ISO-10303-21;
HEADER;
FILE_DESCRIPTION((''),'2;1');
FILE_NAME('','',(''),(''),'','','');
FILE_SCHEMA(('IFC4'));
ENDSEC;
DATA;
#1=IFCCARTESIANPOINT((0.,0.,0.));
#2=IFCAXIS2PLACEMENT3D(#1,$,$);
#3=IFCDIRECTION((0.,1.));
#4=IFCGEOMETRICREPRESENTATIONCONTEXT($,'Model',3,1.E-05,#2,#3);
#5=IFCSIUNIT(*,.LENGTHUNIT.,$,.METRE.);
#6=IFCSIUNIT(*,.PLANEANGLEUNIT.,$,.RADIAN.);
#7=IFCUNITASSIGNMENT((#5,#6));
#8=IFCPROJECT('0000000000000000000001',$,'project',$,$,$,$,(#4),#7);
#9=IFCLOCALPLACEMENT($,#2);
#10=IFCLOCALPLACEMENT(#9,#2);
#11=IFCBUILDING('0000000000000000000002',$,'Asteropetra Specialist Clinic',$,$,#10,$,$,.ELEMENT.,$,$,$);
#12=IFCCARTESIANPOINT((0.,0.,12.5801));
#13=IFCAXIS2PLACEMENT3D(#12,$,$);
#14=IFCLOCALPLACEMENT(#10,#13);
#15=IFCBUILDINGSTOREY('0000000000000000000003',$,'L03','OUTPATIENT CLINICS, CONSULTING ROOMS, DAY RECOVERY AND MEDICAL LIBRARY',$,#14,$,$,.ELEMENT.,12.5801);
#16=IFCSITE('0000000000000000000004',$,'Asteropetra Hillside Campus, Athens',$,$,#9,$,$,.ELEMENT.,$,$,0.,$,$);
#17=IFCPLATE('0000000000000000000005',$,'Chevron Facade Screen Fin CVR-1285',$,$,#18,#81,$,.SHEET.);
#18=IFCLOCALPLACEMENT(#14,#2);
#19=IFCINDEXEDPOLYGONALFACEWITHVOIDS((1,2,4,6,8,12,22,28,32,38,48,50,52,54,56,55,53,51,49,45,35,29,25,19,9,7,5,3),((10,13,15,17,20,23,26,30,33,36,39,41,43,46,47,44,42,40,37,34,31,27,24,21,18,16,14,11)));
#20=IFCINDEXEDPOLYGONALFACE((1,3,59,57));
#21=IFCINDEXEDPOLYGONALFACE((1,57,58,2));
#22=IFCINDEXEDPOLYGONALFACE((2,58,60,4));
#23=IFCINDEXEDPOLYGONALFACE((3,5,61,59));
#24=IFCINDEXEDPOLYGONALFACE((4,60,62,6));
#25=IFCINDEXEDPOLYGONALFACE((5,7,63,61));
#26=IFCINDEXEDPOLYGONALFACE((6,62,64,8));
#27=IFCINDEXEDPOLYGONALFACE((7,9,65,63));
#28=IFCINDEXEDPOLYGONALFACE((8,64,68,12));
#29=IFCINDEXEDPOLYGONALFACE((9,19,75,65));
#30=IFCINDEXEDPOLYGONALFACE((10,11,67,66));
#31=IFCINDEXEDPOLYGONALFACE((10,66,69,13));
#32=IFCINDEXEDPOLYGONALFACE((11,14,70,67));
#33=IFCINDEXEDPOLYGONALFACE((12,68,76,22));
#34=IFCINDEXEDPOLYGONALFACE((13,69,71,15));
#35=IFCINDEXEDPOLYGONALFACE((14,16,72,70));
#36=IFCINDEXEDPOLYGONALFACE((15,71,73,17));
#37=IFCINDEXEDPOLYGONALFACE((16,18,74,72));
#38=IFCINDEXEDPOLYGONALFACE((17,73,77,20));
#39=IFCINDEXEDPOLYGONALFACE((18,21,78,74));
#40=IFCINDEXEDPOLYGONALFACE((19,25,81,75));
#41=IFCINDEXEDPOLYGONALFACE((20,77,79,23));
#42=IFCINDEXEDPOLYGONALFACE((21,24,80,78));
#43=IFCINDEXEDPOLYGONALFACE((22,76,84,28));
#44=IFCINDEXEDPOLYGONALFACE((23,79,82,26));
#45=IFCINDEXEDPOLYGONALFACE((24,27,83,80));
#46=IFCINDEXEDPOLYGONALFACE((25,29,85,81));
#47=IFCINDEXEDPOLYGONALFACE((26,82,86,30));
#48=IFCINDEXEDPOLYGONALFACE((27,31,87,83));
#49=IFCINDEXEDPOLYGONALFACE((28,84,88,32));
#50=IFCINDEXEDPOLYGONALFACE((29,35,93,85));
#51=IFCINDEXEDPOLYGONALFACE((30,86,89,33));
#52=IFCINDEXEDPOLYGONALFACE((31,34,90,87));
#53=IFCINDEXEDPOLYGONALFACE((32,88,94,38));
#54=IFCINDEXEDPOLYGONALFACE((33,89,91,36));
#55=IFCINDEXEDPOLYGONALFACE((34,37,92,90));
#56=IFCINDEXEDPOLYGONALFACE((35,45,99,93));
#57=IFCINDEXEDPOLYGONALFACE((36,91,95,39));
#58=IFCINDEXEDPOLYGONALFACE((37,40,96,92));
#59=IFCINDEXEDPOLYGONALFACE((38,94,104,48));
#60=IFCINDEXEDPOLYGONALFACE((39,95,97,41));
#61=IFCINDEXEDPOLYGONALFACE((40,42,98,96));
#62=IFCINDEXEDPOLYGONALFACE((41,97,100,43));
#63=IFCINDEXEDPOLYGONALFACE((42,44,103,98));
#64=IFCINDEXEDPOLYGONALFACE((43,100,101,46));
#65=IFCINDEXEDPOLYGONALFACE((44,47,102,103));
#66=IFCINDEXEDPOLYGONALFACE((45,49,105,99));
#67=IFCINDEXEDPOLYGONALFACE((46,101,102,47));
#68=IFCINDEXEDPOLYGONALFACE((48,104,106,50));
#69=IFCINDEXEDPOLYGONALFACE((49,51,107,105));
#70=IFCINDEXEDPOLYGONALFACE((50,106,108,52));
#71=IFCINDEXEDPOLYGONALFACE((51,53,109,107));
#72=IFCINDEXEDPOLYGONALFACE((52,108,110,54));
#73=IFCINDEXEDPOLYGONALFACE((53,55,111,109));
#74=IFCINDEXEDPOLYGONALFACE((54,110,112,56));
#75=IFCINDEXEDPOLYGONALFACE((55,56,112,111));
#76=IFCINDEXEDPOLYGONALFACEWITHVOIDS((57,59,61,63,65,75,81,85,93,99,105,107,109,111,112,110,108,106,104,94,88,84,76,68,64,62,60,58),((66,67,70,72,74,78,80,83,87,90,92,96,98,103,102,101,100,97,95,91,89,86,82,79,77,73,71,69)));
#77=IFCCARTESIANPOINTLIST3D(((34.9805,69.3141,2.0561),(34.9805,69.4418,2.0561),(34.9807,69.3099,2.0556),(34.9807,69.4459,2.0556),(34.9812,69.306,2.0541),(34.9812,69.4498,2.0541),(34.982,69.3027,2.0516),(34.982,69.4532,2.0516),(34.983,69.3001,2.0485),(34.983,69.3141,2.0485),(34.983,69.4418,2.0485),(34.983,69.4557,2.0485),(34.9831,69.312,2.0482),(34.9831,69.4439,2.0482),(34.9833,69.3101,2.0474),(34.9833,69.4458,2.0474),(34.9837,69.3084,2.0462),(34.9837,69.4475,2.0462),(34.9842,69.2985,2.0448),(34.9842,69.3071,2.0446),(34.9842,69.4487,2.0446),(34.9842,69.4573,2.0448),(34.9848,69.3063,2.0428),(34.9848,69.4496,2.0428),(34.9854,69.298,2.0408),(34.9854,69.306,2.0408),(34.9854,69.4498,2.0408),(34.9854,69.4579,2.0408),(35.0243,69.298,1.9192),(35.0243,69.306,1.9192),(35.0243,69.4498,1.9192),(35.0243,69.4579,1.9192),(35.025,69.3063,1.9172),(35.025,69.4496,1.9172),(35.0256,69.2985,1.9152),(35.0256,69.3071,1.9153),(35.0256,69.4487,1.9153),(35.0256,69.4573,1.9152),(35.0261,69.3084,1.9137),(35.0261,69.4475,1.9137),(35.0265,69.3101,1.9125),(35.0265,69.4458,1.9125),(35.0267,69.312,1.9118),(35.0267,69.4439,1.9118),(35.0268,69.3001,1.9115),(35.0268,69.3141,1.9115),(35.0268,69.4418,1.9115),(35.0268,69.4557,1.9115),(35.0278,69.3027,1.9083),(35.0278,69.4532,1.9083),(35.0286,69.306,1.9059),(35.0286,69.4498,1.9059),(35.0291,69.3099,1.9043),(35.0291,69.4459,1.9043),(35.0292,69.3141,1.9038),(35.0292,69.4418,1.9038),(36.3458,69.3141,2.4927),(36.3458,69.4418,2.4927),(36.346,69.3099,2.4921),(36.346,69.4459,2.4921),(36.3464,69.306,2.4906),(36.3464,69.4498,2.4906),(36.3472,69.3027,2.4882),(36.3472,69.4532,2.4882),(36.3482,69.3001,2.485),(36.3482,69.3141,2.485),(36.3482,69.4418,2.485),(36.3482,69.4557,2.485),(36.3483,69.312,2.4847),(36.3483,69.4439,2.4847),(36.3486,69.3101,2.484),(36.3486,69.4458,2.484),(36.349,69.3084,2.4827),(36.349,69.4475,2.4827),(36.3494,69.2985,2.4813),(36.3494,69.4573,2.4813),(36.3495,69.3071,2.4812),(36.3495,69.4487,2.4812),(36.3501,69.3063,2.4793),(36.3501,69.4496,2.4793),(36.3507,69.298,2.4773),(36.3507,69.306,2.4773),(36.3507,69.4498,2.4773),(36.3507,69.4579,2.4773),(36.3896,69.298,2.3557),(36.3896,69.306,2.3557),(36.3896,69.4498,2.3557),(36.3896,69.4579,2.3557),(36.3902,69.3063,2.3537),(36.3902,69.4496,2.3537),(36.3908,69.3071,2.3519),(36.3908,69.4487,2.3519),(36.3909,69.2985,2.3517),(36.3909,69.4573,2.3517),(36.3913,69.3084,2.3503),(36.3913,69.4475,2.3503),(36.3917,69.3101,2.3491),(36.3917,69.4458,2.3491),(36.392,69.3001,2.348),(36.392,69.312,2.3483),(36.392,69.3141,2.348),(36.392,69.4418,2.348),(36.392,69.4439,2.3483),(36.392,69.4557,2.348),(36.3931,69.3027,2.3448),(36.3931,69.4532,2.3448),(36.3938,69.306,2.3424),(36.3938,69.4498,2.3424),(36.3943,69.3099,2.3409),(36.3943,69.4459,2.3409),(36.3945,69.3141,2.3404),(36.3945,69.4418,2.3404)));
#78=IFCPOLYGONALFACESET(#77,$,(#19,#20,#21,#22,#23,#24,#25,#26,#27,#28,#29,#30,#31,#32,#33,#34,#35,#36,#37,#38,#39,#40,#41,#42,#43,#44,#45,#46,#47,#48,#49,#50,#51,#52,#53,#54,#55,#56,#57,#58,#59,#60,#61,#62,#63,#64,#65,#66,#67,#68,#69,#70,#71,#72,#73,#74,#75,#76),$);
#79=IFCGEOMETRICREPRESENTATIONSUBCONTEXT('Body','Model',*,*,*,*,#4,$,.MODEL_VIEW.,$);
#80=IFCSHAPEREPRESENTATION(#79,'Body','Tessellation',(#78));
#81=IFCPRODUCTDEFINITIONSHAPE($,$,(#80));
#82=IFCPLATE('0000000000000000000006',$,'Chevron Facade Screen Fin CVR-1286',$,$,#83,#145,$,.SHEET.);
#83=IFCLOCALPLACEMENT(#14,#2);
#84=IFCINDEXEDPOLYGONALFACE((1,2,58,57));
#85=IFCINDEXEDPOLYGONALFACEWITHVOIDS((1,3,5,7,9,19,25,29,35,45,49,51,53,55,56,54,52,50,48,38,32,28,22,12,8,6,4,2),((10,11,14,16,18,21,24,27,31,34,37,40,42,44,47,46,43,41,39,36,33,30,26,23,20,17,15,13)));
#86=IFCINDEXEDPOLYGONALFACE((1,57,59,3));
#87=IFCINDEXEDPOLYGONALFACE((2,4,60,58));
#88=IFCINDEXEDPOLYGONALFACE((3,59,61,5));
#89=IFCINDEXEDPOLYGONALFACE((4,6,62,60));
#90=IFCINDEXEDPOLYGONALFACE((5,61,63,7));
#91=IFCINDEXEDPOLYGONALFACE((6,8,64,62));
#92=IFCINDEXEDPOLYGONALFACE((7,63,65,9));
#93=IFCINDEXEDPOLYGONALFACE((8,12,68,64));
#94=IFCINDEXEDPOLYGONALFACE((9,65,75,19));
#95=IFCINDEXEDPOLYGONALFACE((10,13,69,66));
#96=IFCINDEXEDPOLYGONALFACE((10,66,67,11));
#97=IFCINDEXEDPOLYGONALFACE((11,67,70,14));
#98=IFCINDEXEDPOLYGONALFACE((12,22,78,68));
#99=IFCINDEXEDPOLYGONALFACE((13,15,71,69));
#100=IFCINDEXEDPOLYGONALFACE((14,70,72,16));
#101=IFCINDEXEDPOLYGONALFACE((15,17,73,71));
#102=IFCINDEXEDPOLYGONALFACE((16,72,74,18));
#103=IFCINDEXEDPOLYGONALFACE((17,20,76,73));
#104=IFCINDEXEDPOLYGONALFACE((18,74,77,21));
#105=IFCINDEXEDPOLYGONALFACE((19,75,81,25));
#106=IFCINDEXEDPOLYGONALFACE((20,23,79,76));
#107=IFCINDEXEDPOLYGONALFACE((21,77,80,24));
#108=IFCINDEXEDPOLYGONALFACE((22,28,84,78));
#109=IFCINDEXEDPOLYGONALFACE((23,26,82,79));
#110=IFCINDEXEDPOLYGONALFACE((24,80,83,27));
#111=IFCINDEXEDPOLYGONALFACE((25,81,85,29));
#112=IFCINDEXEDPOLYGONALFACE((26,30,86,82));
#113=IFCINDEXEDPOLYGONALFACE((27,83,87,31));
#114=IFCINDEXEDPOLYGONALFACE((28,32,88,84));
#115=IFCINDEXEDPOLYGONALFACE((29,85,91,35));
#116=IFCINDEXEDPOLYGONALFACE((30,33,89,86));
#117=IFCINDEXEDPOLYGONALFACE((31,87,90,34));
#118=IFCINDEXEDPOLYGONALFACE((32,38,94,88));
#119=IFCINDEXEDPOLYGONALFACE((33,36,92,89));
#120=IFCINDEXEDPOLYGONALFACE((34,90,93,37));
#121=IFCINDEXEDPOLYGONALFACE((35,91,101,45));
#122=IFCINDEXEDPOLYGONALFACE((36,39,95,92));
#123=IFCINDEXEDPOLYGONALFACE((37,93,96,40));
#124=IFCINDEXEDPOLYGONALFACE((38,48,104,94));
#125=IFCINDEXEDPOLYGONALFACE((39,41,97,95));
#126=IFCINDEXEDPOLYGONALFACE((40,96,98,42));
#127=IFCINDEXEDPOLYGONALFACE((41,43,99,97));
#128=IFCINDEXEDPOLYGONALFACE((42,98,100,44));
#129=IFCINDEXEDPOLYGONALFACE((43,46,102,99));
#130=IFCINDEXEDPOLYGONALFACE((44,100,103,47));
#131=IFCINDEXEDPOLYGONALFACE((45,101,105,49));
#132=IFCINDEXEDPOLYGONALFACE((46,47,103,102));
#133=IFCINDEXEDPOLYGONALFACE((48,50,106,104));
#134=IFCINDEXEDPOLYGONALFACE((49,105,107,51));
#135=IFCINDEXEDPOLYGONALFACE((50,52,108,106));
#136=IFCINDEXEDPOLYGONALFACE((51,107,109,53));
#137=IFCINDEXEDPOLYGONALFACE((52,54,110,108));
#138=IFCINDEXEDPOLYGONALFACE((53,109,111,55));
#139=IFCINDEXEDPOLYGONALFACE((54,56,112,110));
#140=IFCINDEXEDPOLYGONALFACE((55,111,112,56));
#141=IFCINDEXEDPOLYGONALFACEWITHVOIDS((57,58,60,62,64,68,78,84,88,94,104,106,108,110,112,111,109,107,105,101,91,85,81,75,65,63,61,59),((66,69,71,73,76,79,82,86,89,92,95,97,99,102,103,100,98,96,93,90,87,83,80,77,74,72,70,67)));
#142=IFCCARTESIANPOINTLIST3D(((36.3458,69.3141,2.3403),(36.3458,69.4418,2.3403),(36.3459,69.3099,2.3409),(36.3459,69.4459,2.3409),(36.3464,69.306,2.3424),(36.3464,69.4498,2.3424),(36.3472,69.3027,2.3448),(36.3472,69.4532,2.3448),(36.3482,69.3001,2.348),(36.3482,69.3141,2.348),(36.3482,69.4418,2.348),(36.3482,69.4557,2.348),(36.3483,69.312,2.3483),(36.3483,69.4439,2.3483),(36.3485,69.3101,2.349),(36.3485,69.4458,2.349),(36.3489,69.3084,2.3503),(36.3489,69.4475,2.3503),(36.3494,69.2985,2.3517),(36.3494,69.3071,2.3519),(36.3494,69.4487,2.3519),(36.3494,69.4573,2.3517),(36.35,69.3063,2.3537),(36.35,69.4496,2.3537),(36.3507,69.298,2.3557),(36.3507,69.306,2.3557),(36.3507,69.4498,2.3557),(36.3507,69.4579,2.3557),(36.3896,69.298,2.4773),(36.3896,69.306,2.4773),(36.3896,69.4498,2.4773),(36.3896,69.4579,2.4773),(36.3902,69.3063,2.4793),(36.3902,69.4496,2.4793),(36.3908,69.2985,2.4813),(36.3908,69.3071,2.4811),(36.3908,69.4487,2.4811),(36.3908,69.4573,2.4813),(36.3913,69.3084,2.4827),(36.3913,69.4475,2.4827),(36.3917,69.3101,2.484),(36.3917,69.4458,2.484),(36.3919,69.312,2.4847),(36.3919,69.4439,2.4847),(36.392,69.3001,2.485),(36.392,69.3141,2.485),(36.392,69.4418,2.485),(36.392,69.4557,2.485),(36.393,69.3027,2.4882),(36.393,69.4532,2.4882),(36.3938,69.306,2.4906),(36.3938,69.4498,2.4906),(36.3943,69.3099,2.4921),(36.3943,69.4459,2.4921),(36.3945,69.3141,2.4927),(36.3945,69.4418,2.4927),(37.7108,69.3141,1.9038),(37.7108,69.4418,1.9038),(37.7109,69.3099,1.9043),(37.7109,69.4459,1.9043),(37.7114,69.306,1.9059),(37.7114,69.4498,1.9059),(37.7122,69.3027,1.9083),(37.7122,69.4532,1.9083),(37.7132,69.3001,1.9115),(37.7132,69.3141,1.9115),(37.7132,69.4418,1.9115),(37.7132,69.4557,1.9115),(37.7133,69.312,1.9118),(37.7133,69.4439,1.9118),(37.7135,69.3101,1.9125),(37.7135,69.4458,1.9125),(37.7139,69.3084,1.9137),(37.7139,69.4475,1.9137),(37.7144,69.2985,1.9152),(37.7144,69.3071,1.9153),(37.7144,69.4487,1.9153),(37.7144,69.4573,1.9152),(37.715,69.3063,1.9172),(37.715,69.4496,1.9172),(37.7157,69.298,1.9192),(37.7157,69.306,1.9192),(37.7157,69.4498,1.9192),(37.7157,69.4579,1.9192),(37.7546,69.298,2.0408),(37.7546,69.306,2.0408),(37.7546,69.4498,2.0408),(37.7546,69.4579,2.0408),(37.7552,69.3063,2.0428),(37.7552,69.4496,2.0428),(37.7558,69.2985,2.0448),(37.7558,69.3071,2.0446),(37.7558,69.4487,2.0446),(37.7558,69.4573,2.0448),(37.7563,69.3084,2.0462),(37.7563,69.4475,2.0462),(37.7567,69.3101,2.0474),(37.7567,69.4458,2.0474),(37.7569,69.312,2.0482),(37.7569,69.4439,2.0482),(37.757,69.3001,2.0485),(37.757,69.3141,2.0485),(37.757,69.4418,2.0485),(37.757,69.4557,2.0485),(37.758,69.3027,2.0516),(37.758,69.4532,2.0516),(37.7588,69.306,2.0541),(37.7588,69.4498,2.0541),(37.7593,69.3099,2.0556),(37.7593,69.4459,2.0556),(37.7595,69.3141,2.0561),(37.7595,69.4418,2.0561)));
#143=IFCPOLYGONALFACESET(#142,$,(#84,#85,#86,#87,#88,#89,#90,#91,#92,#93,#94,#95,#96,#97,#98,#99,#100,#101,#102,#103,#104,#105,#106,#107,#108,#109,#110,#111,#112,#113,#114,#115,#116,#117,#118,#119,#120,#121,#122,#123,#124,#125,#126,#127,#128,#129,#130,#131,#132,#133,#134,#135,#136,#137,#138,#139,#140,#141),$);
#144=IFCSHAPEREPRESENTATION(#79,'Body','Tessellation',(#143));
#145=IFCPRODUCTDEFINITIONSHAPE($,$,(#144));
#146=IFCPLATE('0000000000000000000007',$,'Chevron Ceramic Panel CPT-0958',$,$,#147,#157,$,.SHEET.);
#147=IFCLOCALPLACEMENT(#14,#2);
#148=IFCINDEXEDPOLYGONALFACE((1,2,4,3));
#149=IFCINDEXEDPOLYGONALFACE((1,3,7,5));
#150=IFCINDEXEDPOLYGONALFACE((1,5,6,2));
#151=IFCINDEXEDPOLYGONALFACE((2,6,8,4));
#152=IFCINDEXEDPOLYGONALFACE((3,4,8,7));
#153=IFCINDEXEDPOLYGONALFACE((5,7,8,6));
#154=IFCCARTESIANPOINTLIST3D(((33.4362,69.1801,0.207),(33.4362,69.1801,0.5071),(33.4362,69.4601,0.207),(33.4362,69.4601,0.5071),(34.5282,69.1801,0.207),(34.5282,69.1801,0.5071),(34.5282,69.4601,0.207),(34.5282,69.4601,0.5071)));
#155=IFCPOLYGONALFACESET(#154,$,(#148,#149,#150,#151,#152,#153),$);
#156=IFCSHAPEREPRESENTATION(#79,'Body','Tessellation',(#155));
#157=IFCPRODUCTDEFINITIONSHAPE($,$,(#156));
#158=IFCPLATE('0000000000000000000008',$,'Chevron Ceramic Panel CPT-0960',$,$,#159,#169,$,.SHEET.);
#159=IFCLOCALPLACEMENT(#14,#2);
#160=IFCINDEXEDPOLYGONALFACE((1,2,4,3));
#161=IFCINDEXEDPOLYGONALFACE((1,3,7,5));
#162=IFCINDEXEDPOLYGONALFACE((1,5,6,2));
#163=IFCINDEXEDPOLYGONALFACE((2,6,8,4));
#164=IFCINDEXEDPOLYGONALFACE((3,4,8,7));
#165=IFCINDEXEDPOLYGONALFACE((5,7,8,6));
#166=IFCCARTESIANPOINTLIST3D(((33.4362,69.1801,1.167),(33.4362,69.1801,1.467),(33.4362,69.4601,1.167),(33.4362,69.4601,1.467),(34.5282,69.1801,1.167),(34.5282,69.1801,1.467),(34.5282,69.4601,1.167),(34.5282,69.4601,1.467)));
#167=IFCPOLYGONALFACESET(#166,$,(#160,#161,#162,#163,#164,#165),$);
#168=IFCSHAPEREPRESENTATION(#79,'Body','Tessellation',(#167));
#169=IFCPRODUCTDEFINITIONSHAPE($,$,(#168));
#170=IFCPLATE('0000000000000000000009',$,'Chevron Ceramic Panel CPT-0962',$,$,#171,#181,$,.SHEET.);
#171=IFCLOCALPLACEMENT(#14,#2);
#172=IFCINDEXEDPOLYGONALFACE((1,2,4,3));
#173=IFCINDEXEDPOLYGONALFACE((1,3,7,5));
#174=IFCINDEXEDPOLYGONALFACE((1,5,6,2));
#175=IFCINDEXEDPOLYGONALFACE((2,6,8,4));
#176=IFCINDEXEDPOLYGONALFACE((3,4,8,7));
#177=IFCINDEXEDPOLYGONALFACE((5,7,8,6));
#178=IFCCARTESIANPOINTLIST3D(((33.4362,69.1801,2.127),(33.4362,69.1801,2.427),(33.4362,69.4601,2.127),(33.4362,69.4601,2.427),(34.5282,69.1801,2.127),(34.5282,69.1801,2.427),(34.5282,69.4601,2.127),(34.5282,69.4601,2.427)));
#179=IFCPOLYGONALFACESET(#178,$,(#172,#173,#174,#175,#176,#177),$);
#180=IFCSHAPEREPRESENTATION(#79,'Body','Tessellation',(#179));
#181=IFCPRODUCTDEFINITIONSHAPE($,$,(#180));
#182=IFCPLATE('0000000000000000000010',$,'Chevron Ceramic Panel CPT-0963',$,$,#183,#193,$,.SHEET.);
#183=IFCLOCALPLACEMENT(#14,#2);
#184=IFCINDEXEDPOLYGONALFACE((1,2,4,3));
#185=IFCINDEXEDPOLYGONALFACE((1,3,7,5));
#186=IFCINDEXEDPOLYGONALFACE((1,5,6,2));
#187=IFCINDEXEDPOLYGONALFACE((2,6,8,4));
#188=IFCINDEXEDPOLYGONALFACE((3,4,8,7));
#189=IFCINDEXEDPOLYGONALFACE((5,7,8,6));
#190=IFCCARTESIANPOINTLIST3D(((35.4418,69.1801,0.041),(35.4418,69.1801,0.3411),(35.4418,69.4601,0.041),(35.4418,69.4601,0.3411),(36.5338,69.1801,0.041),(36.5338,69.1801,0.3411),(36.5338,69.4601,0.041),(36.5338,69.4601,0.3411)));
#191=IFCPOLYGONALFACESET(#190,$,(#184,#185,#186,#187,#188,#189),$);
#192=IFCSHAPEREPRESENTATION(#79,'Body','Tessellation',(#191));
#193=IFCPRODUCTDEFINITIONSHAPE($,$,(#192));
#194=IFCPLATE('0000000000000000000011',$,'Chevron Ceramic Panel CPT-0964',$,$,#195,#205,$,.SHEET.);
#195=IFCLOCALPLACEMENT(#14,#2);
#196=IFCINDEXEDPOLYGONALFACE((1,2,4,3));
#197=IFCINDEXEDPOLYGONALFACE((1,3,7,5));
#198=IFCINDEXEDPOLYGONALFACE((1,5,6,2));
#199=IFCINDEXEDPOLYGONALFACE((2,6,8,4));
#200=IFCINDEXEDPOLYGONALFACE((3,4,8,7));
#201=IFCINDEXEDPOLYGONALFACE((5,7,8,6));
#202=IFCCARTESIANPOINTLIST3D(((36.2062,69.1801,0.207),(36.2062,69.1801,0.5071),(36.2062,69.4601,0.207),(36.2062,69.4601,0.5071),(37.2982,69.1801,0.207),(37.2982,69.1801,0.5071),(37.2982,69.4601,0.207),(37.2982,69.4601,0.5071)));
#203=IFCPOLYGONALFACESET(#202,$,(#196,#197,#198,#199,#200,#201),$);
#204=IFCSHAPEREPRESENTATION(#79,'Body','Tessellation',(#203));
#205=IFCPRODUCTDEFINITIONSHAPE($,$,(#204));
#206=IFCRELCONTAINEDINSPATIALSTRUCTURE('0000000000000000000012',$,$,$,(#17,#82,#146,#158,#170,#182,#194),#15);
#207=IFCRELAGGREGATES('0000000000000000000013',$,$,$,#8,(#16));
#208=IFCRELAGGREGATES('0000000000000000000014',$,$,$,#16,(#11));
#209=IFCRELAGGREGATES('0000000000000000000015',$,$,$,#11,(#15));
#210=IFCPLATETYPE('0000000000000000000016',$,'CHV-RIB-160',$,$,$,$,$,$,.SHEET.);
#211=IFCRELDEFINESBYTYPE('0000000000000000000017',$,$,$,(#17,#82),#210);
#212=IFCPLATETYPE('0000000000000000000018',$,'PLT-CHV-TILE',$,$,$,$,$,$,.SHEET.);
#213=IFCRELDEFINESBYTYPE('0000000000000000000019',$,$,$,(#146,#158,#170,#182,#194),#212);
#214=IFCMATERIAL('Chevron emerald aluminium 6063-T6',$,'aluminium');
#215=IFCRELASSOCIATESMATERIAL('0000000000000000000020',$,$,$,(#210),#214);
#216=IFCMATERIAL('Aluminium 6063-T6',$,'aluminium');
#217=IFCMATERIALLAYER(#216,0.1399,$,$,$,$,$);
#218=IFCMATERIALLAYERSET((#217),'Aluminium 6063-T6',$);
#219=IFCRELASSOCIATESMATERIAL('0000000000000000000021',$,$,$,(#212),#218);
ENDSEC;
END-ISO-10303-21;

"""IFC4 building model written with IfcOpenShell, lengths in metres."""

from ifc_helpers import new_model, si_unit, direction, frame, origin, origin_2d, place, context, subcontext, project, spatial, rectangle, hollow_rectangle, extrude, material, layer, layer_set, material_profile, profile_set, type_object, element, save


model = new_model("IFC4")

# Units and contexts
model_context = context("Model", 3, precision=1e-05, world=origin(), true_north=direction((0.0, 1.0)))
body_context = subcontext(model_context, "Body", "Model", "MODEL_VIEW")
ifc_project = project(units=[si_unit("LENGTHUNIT", "METRE"), si_unit("PLANEANGLEUNIT", "RADIAN")], contexts=[model_context])

# Site, building, storey
site_placement = place(None, origin())
site = spatial("IfcSite", under=ifc_project, at=site_placement, Name="Asteropetra Hillside Campus, Athens", CompositionType="ELEMENT", RefElevation=0.0)
building_placement = place(site_placement, origin())
building = spatial("IfcBuilding", under=site, at=building_placement, Name="Asteropetra Specialist Clinic", CompositionType="ELEMENT")
storey_placement = place(building_placement, frame((0.0, 0.0, 12.5801)))
storey = spatial("IfcBuildingStorey", under=building, at=storey_placement, Name="L03", Description="OUTPATIENT CLINICS, CONSULTING ROOMS, DAY RECOVERY AND MEDICAL LIBRARY", CompositionType="ELEMENT", Elevation=12.5801)

# Plates
ifc_material_1 = material(Name="Chevron emerald aluminium 6063-T6", Category="aluminium")
ifc_material_profile_1 = material_profile(ifc_material_1, hollow_rectangle(XDim=0.1599, YDim=0.1599, WallThickness=0.0081, InnerFilletRadius=0.0081, OuterFilletRadius=0.0161, at=origin_2d()), Name="SHS 160x160x8.0")
ifc_profile_set_1 = profile_set([ifc_material_profile_1], Name="Chevron emerald aluminium 6063-T6")
plate_type_1 = type_object("IfcPlateType", Name="CHV-RIB-160", PredefinedType="SHEET", material=ifc_profile_set_1)
plate_1_placement = place(storey_placement, frame((35.0049, 69.3779, 1.98), z_axis=(0.952495, 0.0, 0.304553), x_axis=(0.0, 1.0, 0.0)))
element("IfcPlate", 1, at=plate_1_placement, inside=storey, type_object=plate_type_1, Name="Chevron Facade Screen Fin CVR-1285", PredefinedType="SHEET", context=body_context, shape_type="SweptSolid", body=[
    extrude(hollow_rectangle(XDim=0.1599, YDim=0.1599, WallThickness=0.0081, InnerFilletRadius=0.0081, OuterFilletRadius=0.0161, at=origin_2d()), origin(), (0.0, 0.0, 1.0), 1.4333),
])
plate_2_placement = place(storey_placement, frame((36.3701, 69.3779, 2.4165), z_axis=(0.95248, 0.0, -0.304603), x_axis=(0.0, 1.0, 0.0)))
element("IfcPlate", 2, at=plate_2_placement, inside=storey, type_object=plate_type_1, Name="Chevron Facade Screen Fin CVR-1286", PredefinedType="SHEET", context=body_context, shape_type="SweptSolid", body=[
    extrude(hollow_rectangle(XDim=0.1599, YDim=0.1599, WallThickness=0.0081, InnerFilletRadius=0.0081, OuterFilletRadius=0.0161, at=origin_2d()), origin(), (0.0, 0.0, 1.0), 1.4331),
])
ifc_material_2 = material(Name="Aluminium 6063-T6", Category="aluminium")
ifc_layer_1 = layer(ifc_material_2, 0.1399)
ifc_layer_set_1 = layer_set([ifc_layer_1], Name="Aluminium 6063-T6")
plate_type_2 = type_object("IfcPlateType", Name="PLT-CHV-TILE", PredefinedType="SHEET", material=ifc_layer_set_1)
for number, where, z_axis, x_axis, name in (
    (3, (33.9822, 69.3201, 0.207), (0.0, 0.0, 1.0), (1.0, 0.0, 0.0), "Chevron Ceramic Panel CPT-0958"),
    (4, (33.9822, 69.3201, 1.167), (0.0, 0.0, 1.0), (1.0, 0.0, 0.0), "Chevron Ceramic Panel CPT-0960"),
    (5, (33.9822, 69.3201, 2.127), (0.0, 0.0, 1.0), (1.0, 0.0, 0.0), "Chevron Ceramic Panel CPT-0962"),
    (6, (35.9878, 69.3201, 0.041), (0.0, 0.0, 1.0), (1.0, 0.0, 0.0), "Chevron Ceramic Panel CPT-0963"),
    (7, (36.7522, 69.3201, 0.207), (0.0, 0.0, 1.0), (1.0, 0.0, 0.0), "Chevron Ceramic Panel CPT-0964"),
):
    element("IfcPlate", number, at=place(storey_placement, frame(where, z_axis=z_axis, x_axis=x_axis)), inside=storey, type_object=plate_type_2, Name=name, PredefinedType="SHEET", context=body_context, shape_type="SweptSolid", body=[
        extrude(rectangle(XDim=1.092, YDim=0.28, at=origin_2d()), origin(), (0.0, 0.0, 1.0), 0.3),
    ])

save(model, "model.ifc")
